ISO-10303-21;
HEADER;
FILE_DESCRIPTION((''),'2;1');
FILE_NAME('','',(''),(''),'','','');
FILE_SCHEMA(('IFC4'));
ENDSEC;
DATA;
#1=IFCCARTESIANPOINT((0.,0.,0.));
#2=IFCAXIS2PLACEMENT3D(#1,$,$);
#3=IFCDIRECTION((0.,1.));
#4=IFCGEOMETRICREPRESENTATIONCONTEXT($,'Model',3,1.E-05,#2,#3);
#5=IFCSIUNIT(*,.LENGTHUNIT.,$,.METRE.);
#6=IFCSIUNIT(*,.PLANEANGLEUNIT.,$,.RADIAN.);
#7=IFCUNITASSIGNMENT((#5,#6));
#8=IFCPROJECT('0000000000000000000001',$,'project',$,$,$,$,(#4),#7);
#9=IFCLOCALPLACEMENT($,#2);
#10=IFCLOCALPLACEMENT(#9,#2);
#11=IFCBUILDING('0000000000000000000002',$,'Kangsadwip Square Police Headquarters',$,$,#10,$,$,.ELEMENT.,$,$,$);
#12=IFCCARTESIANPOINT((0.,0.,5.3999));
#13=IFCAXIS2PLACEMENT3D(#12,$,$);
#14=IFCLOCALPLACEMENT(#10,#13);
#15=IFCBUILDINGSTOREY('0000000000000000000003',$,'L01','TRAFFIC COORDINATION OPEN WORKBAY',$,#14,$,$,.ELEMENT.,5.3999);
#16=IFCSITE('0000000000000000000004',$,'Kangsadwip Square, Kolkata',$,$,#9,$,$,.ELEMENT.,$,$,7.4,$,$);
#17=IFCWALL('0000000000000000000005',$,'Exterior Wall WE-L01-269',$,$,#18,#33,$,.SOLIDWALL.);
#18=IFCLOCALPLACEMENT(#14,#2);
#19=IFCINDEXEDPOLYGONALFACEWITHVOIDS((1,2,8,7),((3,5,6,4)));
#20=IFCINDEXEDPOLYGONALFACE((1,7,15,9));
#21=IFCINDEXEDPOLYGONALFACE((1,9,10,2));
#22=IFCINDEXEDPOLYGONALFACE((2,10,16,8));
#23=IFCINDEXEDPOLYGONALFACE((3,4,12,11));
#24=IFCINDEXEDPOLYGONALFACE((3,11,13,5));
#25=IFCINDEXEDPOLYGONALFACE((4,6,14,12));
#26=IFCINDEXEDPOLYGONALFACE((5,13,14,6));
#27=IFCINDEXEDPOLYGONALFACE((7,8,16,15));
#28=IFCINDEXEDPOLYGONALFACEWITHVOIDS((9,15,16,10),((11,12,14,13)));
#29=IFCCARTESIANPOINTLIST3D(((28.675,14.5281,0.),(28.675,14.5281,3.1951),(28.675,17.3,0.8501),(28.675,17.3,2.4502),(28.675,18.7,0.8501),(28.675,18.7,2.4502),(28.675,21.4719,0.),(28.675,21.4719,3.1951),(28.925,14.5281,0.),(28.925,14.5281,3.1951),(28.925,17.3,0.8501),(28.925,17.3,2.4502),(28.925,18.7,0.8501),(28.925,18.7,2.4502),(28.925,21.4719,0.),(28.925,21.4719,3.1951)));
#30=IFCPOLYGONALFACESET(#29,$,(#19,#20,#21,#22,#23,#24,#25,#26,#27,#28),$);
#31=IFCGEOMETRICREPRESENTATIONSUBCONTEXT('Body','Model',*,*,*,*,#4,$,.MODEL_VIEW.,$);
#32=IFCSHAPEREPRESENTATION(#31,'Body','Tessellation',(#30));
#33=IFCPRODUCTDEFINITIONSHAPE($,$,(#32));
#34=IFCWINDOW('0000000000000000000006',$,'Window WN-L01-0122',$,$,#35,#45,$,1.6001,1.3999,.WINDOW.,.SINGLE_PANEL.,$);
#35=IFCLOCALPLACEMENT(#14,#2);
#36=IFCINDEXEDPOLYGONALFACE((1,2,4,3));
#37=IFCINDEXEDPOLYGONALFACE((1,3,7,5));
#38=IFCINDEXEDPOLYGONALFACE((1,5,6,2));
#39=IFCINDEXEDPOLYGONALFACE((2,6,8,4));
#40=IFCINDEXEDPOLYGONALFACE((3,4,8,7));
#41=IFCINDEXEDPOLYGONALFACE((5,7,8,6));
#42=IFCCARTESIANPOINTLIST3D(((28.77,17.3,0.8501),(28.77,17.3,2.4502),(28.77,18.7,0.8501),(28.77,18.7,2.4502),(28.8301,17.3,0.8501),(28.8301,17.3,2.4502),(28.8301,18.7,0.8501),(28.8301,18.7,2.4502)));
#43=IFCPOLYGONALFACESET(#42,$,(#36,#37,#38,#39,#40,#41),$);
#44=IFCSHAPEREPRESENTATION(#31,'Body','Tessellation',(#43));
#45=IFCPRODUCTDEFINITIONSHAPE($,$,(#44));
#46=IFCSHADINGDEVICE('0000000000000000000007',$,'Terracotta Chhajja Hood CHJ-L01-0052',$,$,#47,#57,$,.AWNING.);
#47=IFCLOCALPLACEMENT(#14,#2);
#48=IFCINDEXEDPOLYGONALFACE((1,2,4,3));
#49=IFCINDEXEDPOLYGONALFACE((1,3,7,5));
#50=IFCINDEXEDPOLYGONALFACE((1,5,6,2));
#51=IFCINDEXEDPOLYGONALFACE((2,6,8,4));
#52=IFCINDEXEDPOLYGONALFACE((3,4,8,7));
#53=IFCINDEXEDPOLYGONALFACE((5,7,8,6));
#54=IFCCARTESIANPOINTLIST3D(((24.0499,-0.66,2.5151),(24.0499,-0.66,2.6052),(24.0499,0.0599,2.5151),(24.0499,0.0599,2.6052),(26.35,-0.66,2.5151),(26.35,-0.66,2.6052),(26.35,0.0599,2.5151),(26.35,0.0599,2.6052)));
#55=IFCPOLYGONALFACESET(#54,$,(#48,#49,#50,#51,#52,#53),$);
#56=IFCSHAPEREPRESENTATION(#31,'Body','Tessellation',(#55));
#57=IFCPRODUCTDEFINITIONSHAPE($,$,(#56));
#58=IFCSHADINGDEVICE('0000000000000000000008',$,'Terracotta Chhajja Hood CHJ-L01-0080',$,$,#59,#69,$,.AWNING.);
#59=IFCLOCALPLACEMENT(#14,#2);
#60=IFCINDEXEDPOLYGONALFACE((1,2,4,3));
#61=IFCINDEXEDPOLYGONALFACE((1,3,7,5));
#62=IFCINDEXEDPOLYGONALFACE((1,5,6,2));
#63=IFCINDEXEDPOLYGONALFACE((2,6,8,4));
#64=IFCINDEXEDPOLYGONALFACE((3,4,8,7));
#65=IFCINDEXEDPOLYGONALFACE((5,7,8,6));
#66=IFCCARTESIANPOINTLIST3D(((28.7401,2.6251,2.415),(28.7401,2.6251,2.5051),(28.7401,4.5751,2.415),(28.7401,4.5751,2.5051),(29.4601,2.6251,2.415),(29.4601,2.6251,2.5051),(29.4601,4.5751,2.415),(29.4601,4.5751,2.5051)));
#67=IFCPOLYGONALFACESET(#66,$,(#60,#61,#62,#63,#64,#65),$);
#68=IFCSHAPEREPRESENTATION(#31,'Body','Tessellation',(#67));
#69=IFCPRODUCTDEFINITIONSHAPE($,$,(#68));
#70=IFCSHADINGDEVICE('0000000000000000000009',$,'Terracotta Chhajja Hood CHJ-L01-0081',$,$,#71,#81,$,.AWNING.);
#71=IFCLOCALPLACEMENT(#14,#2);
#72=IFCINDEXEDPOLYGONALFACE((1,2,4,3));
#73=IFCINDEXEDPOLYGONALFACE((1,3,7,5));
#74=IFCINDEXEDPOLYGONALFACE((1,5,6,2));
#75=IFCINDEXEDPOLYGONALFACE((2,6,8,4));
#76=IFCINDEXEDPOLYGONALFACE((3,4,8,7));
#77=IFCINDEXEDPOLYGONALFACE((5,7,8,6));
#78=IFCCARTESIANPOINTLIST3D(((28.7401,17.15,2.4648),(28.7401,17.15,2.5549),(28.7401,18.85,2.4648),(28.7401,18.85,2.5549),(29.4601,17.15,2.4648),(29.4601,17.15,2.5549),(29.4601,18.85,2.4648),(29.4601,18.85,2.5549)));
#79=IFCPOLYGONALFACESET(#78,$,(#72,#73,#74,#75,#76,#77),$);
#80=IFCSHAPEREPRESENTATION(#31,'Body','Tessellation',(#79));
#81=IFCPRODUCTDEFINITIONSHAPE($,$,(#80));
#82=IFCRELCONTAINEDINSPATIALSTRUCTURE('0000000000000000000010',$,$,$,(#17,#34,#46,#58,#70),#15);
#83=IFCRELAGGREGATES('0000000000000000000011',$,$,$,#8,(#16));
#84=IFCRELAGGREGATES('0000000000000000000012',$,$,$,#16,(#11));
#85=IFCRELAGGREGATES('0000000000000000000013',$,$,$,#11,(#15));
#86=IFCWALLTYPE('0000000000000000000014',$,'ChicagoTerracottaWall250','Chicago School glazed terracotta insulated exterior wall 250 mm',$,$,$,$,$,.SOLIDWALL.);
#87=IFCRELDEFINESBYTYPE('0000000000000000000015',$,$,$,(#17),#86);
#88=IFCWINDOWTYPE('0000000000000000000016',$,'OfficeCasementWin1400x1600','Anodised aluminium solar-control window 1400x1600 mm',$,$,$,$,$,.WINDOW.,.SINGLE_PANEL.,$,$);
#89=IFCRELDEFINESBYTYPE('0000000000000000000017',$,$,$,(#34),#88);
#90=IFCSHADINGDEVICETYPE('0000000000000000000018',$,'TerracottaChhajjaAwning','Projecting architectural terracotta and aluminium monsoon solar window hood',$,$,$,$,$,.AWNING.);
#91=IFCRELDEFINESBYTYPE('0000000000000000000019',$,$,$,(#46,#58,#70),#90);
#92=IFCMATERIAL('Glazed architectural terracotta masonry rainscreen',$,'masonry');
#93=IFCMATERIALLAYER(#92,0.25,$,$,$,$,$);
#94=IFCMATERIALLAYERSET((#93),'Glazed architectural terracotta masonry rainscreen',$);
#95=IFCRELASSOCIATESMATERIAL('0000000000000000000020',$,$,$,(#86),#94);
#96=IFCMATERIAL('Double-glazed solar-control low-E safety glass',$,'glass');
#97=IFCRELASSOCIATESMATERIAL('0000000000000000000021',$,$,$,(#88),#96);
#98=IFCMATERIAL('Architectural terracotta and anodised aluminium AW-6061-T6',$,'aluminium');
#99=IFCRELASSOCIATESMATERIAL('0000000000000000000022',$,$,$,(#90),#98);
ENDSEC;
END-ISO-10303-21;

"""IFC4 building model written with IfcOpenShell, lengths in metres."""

from ifc_helpers import new_model, si_unit, direction, frame, frame_2d, origin, origin_2d, place, context, subcontext, project, spatial, rectangle, extrude, material, layer, layer_set, type_object, element, fill, save


model = new_model("IFC4")

# Units and contexts
model_context = context("Model", 3, precision=1e-05, world=origin(), true_north=direction((0.0, 1.0)))
body_context = subcontext(model_context, "Body", "Model", "MODEL_VIEW")
ifc_project = project(units=[si_unit("LENGTHUNIT", "METRE"), si_unit("PLANEANGLEUNIT", "RADIAN")], contexts=[model_context])

# Site, building, storey
site_placement = place(None, origin())
site = spatial("IfcSite", under=ifc_project, at=site_placement, Name="Kangsadwip Square, Kolkata", CompositionType="ELEMENT", RefElevation=7.4)
building_placement = place(site_placement, origin())
building = spatial("IfcBuilding", under=site, at=building_placement, Name="Kangsadwip Square Police Headquarters", CompositionType="ELEMENT")
storey_placement = place(building_placement, frame((0.0, 0.0, 5.3999)))
storey = spatial("IfcBuildingStorey", under=building, at=storey_placement, Name="L01", Description="TRAFFIC COORDINATION OPEN WORKBAY", CompositionType="ELEMENT", Elevation=5.3999)

# Wall, opening, window
ifc_material_1 = material(Name="Glazed architectural terracotta masonry rainscreen", Category="masonry")
ifc_layer_1 = layer(ifc_material_1, 0.25)
ifc_layer_set_1 = layer_set([ifc_layer_1], Name="Glazed architectural terracotta masonry rainscreen")
wall_type = type_object("IfcWallType", Name="ChicagoTerracottaWall250", Description="Chicago School glazed terracotta insulated exterior wall 250 mm", PredefinedType="SOLIDWALL", material=ifc_layer_set_1)
wall_1_placement = place(storey_placement, frame((28.8, 14.5281, 0.0), z_axis=(0.0, 0.0, 1.0), x_axis=(0.0, 1.0, 0.0)))
wall_1 = element("IfcWall", 1, at=wall_1_placement, inside=storey, type_object=wall_type, Name="Exterior Wall WE-L01-269", PredefinedType="SOLIDWALL", context=body_context, shape_type="SweptSolid", body=[
    extrude(rectangle(XDim=6.9438, YDim=0.25, at=frame_2d((3.4719, 0.0))), origin(), (0.0, 0.0, 1.0), 3.1951),
])
opening_1_placement = place(wall_1_placement, frame((2.772, 0.0, 0.8501)))
opening_1 = element("IfcOpeningElement", 2, at=opening_1_placement, cuts=wall_1, PredefinedType="OPENING", context=body_context, shape_type="SweptSolid", body=[
    extrude(rectangle(XDim=1.3999, YDim=1.6001, at=frame_2d((0.7, 0.8))), frame((0.0, 0.135, 0.0), z_axis=(0.0, -1.0, 0.0), x_axis=(1.0, 0.0, 0.0)), (0.0, 0.0, 1.0), 0.27),
])
ifc_material_2 = material(Name="Double-glazed solar-control low-E safety glass", Category="glass")
window_type_1 = type_object("IfcWindowType", Name="OfficeCasementWin1400x1600", Description="Anodised aluminium solar-control window 1400x1600 mm", PartitioningType="SINGLE_PANEL", PredefinedType="WINDOW", material=ifc_material_2)
window_1_placement = place(opening_1_placement, origin())
window_1 = element("IfcWindow", 3, at=window_1_placement, inside=storey, type_object=window_type_1, Name="Window WN-L01-0122", OverallHeight=1.6001, OverallWidth=1.3999, PartitioningType="SINGLE_PANEL", PredefinedType="WINDOW", context=body_context, shape_type="SweptSolid", body=[
    extrude(rectangle(XDim=1.3999, YDim=1.6001, at=frame_2d((0.7, 0.8))), frame((0.0, 0.03, 0.0), z_axis=(0.0, -1.0, 0.0), x_axis=(1.0, 0.0, 0.0)), (0.0, 0.0, 1.0), 0.0601),
])
fill(opening_1, window_1)

# Shading devices
ifc_material_3 = material(Name="Architectural terracotta and anodised aluminium AW-6061-T6", Category="aluminium")
shading_device_type = type_object("IfcShadingDeviceType", Name="TerracottaChhajjaAwning", Description="Projecting architectural terracotta and aluminium monsoon solar window hood", PredefinedType="AWNING", material=ifc_material_3)
shading_device_1_placement = place(storey_placement, frame((25.2, -0.3, 2.5151), z_axis=(0.0, 0.0, 1.0), x_axis=(1.0, 0.0, 0.0)))
element("IfcShadingDevice", 4, at=shading_device_1_placement, inside=storey, type_object=shading_device_type, Name="Terracotta Chhajja Hood CHJ-L01-0052", PredefinedType="AWNING", context=body_context, shape_type="SweptSolid", body=[
    extrude(rectangle(XDim=2.3, YDim=0.72, at=origin_2d()), origin(), (0.0, 0.0, 1.0), 0.0901),
])
shading_device_2_placement = place(storey_placement, frame((29.1001, 3.6001, 2.415), z_axis=(0.0, 0.0, 1.0), x_axis=(0.0, 1.0, 0.0)))
element("IfcShadingDevice", 5, at=shading_device_2_placement, inside=storey, type_object=shading_device_type, Name="Terracotta Chhajja Hood CHJ-L01-0080", PredefinedType="AWNING", context=body_context, shape_type="SweptSolid", body=[
    extrude(rectangle(XDim=1.95, YDim=0.72, at=origin_2d()), origin(), (0.0, 0.0, 1.0), 0.0901),
])
shading_device_3_placement = place(storey_placement, frame((29.1001, 18.0, 2.4648), z_axis=(0.0, 0.0, 1.0), x_axis=(0.0, 1.0, 0.0)))
element("IfcShadingDevice", 6, at=shading_device_3_placement, inside=storey, type_object=shading_device_type, Name="Terracotta Chhajja Hood CHJ-L01-0081", PredefinedType="AWNING", context=body_context, shape_type="SweptSolid", body=[
    extrude(rectangle(XDim=1.7, YDim=0.72, at=origin_2d()), origin(), (0.0, 0.0, 1.0), 0.0901),
])

save(model, "model.ifc")
